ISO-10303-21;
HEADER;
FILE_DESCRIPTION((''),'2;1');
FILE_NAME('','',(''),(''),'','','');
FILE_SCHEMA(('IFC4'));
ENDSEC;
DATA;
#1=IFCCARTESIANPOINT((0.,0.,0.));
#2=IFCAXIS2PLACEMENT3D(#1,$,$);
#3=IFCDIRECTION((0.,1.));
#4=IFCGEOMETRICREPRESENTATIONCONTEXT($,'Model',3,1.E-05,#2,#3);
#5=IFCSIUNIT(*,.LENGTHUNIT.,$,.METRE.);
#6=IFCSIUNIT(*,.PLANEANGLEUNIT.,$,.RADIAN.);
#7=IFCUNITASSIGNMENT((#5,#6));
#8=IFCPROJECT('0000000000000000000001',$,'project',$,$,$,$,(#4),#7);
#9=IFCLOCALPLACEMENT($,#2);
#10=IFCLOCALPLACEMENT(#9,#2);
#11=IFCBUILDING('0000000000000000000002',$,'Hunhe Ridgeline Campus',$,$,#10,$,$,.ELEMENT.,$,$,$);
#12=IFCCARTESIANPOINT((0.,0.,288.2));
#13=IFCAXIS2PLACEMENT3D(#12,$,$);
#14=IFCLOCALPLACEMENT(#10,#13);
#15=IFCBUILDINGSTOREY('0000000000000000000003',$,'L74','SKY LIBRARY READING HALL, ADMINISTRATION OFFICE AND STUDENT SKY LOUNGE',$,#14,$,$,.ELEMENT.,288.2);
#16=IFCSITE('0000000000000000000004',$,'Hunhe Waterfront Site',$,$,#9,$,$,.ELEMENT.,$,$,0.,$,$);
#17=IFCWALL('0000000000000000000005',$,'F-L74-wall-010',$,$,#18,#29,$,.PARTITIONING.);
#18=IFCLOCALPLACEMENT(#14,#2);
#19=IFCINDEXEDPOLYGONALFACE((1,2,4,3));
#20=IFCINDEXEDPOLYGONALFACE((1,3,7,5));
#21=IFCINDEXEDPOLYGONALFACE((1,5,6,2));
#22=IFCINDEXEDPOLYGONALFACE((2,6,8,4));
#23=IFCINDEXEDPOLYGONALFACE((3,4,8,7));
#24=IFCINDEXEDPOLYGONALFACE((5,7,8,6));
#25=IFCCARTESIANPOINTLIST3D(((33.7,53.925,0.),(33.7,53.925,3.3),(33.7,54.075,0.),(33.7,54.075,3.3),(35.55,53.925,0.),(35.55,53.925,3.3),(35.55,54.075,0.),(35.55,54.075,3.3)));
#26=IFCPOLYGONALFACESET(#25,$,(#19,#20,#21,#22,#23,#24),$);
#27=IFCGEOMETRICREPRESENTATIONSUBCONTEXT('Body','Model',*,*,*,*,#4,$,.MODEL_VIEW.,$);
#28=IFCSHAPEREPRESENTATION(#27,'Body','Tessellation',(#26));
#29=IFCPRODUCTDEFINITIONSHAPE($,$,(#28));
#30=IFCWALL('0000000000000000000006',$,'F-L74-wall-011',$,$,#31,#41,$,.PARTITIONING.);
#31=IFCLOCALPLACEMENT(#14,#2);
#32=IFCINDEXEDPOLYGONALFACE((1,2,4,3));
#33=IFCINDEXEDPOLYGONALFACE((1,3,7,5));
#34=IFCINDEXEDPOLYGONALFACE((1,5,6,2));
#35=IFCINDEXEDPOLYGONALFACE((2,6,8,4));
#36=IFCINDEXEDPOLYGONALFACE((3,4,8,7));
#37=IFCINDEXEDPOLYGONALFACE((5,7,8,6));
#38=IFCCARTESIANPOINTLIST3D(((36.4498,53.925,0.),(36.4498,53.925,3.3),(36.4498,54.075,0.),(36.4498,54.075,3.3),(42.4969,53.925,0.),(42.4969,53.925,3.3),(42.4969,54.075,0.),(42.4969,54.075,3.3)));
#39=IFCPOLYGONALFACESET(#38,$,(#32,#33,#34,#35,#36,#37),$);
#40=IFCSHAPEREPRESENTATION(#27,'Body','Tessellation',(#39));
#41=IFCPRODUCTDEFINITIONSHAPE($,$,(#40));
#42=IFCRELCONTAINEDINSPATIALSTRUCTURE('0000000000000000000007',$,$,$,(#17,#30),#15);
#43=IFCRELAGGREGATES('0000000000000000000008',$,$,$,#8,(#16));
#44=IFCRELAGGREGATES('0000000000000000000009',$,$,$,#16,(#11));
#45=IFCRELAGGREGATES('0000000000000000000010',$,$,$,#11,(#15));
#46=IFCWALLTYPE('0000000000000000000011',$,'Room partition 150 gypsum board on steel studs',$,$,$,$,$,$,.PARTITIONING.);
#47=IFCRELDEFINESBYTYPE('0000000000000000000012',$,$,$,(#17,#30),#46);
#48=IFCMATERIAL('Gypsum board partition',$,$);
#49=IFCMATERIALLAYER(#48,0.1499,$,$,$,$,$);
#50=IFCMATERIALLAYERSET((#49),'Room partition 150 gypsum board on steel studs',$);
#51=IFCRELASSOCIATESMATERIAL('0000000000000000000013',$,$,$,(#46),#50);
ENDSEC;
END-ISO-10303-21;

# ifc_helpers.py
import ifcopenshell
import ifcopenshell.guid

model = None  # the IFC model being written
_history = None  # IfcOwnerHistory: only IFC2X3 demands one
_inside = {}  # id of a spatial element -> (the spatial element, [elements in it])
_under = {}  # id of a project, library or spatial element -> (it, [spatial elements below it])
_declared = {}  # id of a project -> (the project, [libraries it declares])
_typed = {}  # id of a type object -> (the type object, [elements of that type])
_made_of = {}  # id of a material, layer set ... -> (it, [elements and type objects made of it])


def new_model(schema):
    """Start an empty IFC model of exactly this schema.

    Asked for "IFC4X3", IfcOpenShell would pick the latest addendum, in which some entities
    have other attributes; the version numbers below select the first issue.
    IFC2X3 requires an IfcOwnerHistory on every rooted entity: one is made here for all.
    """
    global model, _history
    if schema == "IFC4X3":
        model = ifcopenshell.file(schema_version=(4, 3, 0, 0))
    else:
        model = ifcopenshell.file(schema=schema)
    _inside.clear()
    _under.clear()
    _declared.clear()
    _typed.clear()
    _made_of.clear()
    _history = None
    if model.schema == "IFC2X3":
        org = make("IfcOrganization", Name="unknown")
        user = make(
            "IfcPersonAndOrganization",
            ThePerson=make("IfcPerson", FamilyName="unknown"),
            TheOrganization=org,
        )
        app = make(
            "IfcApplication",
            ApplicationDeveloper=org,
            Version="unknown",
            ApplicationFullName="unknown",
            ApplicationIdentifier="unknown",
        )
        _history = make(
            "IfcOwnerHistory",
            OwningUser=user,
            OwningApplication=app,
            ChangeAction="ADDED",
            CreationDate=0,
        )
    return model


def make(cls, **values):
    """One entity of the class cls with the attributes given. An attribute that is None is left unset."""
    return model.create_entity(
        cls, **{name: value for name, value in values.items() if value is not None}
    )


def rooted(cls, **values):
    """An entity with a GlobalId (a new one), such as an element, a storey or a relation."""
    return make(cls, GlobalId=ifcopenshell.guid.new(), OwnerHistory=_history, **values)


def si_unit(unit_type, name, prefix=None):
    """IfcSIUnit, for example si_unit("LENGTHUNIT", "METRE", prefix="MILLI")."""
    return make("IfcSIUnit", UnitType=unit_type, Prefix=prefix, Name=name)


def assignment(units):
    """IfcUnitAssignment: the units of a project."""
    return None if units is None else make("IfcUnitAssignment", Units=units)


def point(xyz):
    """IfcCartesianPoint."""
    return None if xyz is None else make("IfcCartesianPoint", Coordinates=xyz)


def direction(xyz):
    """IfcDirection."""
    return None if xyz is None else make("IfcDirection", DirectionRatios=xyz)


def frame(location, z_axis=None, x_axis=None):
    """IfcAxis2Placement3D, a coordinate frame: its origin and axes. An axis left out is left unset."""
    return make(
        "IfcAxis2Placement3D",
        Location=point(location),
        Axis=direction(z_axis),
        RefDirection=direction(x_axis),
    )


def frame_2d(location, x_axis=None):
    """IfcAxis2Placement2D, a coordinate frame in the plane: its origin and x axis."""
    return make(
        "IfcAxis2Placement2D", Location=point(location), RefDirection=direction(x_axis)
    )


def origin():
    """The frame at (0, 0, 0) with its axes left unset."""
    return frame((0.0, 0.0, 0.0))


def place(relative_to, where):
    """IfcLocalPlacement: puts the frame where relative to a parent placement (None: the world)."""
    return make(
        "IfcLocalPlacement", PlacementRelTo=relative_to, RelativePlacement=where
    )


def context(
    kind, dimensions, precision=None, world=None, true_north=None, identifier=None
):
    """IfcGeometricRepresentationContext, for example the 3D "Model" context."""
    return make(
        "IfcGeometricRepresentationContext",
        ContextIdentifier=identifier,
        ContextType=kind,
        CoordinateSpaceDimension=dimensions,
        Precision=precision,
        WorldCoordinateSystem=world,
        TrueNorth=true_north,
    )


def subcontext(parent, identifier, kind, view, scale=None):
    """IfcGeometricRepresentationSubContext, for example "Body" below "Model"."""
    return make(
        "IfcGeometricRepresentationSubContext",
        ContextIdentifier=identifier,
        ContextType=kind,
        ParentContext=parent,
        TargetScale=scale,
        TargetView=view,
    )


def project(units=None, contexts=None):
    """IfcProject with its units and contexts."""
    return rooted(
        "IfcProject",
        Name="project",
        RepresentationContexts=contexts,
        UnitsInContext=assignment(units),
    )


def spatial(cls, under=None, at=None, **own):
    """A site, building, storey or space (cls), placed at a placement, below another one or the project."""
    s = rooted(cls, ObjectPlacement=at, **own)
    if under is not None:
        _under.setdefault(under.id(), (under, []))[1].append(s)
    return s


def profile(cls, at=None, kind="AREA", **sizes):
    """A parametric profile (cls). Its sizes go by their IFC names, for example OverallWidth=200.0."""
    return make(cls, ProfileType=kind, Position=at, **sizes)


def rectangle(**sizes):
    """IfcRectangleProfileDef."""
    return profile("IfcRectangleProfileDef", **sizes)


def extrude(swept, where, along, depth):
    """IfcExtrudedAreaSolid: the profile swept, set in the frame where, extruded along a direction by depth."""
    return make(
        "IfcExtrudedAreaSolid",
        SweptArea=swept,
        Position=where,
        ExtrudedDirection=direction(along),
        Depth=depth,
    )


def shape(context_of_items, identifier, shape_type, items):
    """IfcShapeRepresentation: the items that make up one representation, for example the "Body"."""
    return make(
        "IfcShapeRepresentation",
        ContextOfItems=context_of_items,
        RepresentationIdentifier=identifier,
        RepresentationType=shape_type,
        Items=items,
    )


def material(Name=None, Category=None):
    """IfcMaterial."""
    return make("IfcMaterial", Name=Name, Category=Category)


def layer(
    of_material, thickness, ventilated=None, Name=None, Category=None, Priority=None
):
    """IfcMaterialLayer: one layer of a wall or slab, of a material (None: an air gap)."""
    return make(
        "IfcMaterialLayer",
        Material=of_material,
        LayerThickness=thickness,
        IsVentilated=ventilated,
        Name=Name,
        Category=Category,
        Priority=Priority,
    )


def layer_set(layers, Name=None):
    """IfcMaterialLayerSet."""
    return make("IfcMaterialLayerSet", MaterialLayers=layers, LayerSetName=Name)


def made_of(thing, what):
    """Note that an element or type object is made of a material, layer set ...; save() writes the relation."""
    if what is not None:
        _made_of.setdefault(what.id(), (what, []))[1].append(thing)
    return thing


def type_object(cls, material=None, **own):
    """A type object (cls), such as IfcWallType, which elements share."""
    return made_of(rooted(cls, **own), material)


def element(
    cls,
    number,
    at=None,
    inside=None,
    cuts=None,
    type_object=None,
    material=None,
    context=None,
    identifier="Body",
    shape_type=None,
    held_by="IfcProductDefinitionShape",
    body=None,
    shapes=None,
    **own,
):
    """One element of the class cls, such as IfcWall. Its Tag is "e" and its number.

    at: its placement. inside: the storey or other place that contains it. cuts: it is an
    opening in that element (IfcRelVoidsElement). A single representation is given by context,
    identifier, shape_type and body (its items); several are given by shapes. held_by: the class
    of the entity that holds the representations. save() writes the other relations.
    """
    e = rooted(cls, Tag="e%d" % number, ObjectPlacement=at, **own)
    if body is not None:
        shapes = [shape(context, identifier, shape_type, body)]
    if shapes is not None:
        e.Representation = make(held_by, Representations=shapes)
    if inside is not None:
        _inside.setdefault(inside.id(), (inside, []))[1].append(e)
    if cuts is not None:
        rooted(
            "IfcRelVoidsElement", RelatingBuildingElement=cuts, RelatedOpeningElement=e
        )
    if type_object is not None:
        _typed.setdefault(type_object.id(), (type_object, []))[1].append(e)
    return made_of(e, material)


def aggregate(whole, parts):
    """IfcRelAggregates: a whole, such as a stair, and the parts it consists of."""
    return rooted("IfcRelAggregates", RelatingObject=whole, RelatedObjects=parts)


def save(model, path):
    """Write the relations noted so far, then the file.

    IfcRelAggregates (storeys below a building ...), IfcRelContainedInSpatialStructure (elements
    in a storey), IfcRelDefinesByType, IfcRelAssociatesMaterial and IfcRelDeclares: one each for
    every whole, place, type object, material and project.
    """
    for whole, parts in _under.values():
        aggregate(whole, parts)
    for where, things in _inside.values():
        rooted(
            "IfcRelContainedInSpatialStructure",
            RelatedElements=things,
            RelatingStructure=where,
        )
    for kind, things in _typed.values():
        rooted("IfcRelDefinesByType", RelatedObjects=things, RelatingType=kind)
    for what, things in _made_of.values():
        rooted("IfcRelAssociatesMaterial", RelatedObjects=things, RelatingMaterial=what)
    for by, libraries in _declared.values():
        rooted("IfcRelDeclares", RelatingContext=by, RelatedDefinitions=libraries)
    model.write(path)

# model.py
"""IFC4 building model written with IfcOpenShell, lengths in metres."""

from ifc_helpers import new_model, si_unit, direction, frame, frame_2d, origin, place, context, subcontext, project, spatial, rectangle, extrude, material, layer, layer_set, type_object, element, save


model = new_model("IFC4")

# Units and contexts
model_context = context("Model", 3, precision=1e-05, world=origin(), true_north=direction((0.0, 1.0)))
body_context = subcontext(model_context, "Body", "Model", "MODEL_VIEW")
ifc_project = project(units=[si_unit("LENGTHUNIT", "METRE"), si_unit("PLANEANGLEUNIT", "RADIAN")], contexts=[model_context])

# Site, building, storey
site_placement = place(None, origin())
site = spatial("IfcSite", under=ifc_project, at=site_placement, Name="Hunhe Waterfront Site", CompositionType="ELEMENT", RefElevation=0.0)
building_placement = place(site_placement, origin())
building = spatial("IfcBuilding", under=site, at=building_placement, Name="Hunhe Ridgeline Campus", CompositionType="ELEMENT")
storey_placement = place(building_placement, frame((0.0, 0.0, 288.2)))
storey = spatial("IfcBuildingStorey", under=building, at=storey_placement, Name="L74", Description="SKY LIBRARY READING HALL, ADMINISTRATION OFFICE AND STUDENT SKY LOUNGE", CompositionType="ELEMENT", Elevation=288.2)

# Walls
ifc_material_1 = material(Name="Gypsum board partition")
ifc_layer_1 = layer(ifc_material_1, 0.1499)
ifc_layer_set_1 = layer_set([ifc_layer_1], Name="Room partition 150 gypsum board on steel studs")
wall_type_1 = type_object("IfcWallType", Name="Room partition 150 gypsum board on steel studs", PredefinedType="PARTITIONING", material=ifc_layer_set_1)
wall_1_placement = place(storey_placement, frame((33.7, 54.0, 0.0), z_axis=(0.0, 0.0, 1.0), x_axis=(1.0, 0.0, 0.0)))
element("IfcWall", 1, at=wall_1_placement, inside=storey, type_object=wall_type_1, Name="F-L74-wall-010", PredefinedType="PARTITIONING", context=body_context, shape_type="SweptSolid", body=[
    extrude(rectangle(XDim=1.8501, YDim=0.1499, at=frame_2d((0.925, 0.0))), origin(), (0.0, 0.0, 1.0), 3.3),
])
wall_2_placement = place(storey_placement, frame((36.45, 54.0, 0.0), z_axis=(0.0, 0.0, 1.0), x_axis=(1.0, 0.0, 0.0)))
element("IfcWall", 2, at=wall_2_placement, inside=storey, type_object=wall_type_1, Name="F-L74-wall-011", PredefinedType="PARTITIONING", context=body_context, shape_type="SweptSolid", body=[
    extrude(rectangle(XDim=6.0471, YDim=0.1499, at=frame_2d((3.0234, 0.0))), origin(), (0.0, 0.0, 1.0), 3.3),
])

save(model, "model.ifc")
